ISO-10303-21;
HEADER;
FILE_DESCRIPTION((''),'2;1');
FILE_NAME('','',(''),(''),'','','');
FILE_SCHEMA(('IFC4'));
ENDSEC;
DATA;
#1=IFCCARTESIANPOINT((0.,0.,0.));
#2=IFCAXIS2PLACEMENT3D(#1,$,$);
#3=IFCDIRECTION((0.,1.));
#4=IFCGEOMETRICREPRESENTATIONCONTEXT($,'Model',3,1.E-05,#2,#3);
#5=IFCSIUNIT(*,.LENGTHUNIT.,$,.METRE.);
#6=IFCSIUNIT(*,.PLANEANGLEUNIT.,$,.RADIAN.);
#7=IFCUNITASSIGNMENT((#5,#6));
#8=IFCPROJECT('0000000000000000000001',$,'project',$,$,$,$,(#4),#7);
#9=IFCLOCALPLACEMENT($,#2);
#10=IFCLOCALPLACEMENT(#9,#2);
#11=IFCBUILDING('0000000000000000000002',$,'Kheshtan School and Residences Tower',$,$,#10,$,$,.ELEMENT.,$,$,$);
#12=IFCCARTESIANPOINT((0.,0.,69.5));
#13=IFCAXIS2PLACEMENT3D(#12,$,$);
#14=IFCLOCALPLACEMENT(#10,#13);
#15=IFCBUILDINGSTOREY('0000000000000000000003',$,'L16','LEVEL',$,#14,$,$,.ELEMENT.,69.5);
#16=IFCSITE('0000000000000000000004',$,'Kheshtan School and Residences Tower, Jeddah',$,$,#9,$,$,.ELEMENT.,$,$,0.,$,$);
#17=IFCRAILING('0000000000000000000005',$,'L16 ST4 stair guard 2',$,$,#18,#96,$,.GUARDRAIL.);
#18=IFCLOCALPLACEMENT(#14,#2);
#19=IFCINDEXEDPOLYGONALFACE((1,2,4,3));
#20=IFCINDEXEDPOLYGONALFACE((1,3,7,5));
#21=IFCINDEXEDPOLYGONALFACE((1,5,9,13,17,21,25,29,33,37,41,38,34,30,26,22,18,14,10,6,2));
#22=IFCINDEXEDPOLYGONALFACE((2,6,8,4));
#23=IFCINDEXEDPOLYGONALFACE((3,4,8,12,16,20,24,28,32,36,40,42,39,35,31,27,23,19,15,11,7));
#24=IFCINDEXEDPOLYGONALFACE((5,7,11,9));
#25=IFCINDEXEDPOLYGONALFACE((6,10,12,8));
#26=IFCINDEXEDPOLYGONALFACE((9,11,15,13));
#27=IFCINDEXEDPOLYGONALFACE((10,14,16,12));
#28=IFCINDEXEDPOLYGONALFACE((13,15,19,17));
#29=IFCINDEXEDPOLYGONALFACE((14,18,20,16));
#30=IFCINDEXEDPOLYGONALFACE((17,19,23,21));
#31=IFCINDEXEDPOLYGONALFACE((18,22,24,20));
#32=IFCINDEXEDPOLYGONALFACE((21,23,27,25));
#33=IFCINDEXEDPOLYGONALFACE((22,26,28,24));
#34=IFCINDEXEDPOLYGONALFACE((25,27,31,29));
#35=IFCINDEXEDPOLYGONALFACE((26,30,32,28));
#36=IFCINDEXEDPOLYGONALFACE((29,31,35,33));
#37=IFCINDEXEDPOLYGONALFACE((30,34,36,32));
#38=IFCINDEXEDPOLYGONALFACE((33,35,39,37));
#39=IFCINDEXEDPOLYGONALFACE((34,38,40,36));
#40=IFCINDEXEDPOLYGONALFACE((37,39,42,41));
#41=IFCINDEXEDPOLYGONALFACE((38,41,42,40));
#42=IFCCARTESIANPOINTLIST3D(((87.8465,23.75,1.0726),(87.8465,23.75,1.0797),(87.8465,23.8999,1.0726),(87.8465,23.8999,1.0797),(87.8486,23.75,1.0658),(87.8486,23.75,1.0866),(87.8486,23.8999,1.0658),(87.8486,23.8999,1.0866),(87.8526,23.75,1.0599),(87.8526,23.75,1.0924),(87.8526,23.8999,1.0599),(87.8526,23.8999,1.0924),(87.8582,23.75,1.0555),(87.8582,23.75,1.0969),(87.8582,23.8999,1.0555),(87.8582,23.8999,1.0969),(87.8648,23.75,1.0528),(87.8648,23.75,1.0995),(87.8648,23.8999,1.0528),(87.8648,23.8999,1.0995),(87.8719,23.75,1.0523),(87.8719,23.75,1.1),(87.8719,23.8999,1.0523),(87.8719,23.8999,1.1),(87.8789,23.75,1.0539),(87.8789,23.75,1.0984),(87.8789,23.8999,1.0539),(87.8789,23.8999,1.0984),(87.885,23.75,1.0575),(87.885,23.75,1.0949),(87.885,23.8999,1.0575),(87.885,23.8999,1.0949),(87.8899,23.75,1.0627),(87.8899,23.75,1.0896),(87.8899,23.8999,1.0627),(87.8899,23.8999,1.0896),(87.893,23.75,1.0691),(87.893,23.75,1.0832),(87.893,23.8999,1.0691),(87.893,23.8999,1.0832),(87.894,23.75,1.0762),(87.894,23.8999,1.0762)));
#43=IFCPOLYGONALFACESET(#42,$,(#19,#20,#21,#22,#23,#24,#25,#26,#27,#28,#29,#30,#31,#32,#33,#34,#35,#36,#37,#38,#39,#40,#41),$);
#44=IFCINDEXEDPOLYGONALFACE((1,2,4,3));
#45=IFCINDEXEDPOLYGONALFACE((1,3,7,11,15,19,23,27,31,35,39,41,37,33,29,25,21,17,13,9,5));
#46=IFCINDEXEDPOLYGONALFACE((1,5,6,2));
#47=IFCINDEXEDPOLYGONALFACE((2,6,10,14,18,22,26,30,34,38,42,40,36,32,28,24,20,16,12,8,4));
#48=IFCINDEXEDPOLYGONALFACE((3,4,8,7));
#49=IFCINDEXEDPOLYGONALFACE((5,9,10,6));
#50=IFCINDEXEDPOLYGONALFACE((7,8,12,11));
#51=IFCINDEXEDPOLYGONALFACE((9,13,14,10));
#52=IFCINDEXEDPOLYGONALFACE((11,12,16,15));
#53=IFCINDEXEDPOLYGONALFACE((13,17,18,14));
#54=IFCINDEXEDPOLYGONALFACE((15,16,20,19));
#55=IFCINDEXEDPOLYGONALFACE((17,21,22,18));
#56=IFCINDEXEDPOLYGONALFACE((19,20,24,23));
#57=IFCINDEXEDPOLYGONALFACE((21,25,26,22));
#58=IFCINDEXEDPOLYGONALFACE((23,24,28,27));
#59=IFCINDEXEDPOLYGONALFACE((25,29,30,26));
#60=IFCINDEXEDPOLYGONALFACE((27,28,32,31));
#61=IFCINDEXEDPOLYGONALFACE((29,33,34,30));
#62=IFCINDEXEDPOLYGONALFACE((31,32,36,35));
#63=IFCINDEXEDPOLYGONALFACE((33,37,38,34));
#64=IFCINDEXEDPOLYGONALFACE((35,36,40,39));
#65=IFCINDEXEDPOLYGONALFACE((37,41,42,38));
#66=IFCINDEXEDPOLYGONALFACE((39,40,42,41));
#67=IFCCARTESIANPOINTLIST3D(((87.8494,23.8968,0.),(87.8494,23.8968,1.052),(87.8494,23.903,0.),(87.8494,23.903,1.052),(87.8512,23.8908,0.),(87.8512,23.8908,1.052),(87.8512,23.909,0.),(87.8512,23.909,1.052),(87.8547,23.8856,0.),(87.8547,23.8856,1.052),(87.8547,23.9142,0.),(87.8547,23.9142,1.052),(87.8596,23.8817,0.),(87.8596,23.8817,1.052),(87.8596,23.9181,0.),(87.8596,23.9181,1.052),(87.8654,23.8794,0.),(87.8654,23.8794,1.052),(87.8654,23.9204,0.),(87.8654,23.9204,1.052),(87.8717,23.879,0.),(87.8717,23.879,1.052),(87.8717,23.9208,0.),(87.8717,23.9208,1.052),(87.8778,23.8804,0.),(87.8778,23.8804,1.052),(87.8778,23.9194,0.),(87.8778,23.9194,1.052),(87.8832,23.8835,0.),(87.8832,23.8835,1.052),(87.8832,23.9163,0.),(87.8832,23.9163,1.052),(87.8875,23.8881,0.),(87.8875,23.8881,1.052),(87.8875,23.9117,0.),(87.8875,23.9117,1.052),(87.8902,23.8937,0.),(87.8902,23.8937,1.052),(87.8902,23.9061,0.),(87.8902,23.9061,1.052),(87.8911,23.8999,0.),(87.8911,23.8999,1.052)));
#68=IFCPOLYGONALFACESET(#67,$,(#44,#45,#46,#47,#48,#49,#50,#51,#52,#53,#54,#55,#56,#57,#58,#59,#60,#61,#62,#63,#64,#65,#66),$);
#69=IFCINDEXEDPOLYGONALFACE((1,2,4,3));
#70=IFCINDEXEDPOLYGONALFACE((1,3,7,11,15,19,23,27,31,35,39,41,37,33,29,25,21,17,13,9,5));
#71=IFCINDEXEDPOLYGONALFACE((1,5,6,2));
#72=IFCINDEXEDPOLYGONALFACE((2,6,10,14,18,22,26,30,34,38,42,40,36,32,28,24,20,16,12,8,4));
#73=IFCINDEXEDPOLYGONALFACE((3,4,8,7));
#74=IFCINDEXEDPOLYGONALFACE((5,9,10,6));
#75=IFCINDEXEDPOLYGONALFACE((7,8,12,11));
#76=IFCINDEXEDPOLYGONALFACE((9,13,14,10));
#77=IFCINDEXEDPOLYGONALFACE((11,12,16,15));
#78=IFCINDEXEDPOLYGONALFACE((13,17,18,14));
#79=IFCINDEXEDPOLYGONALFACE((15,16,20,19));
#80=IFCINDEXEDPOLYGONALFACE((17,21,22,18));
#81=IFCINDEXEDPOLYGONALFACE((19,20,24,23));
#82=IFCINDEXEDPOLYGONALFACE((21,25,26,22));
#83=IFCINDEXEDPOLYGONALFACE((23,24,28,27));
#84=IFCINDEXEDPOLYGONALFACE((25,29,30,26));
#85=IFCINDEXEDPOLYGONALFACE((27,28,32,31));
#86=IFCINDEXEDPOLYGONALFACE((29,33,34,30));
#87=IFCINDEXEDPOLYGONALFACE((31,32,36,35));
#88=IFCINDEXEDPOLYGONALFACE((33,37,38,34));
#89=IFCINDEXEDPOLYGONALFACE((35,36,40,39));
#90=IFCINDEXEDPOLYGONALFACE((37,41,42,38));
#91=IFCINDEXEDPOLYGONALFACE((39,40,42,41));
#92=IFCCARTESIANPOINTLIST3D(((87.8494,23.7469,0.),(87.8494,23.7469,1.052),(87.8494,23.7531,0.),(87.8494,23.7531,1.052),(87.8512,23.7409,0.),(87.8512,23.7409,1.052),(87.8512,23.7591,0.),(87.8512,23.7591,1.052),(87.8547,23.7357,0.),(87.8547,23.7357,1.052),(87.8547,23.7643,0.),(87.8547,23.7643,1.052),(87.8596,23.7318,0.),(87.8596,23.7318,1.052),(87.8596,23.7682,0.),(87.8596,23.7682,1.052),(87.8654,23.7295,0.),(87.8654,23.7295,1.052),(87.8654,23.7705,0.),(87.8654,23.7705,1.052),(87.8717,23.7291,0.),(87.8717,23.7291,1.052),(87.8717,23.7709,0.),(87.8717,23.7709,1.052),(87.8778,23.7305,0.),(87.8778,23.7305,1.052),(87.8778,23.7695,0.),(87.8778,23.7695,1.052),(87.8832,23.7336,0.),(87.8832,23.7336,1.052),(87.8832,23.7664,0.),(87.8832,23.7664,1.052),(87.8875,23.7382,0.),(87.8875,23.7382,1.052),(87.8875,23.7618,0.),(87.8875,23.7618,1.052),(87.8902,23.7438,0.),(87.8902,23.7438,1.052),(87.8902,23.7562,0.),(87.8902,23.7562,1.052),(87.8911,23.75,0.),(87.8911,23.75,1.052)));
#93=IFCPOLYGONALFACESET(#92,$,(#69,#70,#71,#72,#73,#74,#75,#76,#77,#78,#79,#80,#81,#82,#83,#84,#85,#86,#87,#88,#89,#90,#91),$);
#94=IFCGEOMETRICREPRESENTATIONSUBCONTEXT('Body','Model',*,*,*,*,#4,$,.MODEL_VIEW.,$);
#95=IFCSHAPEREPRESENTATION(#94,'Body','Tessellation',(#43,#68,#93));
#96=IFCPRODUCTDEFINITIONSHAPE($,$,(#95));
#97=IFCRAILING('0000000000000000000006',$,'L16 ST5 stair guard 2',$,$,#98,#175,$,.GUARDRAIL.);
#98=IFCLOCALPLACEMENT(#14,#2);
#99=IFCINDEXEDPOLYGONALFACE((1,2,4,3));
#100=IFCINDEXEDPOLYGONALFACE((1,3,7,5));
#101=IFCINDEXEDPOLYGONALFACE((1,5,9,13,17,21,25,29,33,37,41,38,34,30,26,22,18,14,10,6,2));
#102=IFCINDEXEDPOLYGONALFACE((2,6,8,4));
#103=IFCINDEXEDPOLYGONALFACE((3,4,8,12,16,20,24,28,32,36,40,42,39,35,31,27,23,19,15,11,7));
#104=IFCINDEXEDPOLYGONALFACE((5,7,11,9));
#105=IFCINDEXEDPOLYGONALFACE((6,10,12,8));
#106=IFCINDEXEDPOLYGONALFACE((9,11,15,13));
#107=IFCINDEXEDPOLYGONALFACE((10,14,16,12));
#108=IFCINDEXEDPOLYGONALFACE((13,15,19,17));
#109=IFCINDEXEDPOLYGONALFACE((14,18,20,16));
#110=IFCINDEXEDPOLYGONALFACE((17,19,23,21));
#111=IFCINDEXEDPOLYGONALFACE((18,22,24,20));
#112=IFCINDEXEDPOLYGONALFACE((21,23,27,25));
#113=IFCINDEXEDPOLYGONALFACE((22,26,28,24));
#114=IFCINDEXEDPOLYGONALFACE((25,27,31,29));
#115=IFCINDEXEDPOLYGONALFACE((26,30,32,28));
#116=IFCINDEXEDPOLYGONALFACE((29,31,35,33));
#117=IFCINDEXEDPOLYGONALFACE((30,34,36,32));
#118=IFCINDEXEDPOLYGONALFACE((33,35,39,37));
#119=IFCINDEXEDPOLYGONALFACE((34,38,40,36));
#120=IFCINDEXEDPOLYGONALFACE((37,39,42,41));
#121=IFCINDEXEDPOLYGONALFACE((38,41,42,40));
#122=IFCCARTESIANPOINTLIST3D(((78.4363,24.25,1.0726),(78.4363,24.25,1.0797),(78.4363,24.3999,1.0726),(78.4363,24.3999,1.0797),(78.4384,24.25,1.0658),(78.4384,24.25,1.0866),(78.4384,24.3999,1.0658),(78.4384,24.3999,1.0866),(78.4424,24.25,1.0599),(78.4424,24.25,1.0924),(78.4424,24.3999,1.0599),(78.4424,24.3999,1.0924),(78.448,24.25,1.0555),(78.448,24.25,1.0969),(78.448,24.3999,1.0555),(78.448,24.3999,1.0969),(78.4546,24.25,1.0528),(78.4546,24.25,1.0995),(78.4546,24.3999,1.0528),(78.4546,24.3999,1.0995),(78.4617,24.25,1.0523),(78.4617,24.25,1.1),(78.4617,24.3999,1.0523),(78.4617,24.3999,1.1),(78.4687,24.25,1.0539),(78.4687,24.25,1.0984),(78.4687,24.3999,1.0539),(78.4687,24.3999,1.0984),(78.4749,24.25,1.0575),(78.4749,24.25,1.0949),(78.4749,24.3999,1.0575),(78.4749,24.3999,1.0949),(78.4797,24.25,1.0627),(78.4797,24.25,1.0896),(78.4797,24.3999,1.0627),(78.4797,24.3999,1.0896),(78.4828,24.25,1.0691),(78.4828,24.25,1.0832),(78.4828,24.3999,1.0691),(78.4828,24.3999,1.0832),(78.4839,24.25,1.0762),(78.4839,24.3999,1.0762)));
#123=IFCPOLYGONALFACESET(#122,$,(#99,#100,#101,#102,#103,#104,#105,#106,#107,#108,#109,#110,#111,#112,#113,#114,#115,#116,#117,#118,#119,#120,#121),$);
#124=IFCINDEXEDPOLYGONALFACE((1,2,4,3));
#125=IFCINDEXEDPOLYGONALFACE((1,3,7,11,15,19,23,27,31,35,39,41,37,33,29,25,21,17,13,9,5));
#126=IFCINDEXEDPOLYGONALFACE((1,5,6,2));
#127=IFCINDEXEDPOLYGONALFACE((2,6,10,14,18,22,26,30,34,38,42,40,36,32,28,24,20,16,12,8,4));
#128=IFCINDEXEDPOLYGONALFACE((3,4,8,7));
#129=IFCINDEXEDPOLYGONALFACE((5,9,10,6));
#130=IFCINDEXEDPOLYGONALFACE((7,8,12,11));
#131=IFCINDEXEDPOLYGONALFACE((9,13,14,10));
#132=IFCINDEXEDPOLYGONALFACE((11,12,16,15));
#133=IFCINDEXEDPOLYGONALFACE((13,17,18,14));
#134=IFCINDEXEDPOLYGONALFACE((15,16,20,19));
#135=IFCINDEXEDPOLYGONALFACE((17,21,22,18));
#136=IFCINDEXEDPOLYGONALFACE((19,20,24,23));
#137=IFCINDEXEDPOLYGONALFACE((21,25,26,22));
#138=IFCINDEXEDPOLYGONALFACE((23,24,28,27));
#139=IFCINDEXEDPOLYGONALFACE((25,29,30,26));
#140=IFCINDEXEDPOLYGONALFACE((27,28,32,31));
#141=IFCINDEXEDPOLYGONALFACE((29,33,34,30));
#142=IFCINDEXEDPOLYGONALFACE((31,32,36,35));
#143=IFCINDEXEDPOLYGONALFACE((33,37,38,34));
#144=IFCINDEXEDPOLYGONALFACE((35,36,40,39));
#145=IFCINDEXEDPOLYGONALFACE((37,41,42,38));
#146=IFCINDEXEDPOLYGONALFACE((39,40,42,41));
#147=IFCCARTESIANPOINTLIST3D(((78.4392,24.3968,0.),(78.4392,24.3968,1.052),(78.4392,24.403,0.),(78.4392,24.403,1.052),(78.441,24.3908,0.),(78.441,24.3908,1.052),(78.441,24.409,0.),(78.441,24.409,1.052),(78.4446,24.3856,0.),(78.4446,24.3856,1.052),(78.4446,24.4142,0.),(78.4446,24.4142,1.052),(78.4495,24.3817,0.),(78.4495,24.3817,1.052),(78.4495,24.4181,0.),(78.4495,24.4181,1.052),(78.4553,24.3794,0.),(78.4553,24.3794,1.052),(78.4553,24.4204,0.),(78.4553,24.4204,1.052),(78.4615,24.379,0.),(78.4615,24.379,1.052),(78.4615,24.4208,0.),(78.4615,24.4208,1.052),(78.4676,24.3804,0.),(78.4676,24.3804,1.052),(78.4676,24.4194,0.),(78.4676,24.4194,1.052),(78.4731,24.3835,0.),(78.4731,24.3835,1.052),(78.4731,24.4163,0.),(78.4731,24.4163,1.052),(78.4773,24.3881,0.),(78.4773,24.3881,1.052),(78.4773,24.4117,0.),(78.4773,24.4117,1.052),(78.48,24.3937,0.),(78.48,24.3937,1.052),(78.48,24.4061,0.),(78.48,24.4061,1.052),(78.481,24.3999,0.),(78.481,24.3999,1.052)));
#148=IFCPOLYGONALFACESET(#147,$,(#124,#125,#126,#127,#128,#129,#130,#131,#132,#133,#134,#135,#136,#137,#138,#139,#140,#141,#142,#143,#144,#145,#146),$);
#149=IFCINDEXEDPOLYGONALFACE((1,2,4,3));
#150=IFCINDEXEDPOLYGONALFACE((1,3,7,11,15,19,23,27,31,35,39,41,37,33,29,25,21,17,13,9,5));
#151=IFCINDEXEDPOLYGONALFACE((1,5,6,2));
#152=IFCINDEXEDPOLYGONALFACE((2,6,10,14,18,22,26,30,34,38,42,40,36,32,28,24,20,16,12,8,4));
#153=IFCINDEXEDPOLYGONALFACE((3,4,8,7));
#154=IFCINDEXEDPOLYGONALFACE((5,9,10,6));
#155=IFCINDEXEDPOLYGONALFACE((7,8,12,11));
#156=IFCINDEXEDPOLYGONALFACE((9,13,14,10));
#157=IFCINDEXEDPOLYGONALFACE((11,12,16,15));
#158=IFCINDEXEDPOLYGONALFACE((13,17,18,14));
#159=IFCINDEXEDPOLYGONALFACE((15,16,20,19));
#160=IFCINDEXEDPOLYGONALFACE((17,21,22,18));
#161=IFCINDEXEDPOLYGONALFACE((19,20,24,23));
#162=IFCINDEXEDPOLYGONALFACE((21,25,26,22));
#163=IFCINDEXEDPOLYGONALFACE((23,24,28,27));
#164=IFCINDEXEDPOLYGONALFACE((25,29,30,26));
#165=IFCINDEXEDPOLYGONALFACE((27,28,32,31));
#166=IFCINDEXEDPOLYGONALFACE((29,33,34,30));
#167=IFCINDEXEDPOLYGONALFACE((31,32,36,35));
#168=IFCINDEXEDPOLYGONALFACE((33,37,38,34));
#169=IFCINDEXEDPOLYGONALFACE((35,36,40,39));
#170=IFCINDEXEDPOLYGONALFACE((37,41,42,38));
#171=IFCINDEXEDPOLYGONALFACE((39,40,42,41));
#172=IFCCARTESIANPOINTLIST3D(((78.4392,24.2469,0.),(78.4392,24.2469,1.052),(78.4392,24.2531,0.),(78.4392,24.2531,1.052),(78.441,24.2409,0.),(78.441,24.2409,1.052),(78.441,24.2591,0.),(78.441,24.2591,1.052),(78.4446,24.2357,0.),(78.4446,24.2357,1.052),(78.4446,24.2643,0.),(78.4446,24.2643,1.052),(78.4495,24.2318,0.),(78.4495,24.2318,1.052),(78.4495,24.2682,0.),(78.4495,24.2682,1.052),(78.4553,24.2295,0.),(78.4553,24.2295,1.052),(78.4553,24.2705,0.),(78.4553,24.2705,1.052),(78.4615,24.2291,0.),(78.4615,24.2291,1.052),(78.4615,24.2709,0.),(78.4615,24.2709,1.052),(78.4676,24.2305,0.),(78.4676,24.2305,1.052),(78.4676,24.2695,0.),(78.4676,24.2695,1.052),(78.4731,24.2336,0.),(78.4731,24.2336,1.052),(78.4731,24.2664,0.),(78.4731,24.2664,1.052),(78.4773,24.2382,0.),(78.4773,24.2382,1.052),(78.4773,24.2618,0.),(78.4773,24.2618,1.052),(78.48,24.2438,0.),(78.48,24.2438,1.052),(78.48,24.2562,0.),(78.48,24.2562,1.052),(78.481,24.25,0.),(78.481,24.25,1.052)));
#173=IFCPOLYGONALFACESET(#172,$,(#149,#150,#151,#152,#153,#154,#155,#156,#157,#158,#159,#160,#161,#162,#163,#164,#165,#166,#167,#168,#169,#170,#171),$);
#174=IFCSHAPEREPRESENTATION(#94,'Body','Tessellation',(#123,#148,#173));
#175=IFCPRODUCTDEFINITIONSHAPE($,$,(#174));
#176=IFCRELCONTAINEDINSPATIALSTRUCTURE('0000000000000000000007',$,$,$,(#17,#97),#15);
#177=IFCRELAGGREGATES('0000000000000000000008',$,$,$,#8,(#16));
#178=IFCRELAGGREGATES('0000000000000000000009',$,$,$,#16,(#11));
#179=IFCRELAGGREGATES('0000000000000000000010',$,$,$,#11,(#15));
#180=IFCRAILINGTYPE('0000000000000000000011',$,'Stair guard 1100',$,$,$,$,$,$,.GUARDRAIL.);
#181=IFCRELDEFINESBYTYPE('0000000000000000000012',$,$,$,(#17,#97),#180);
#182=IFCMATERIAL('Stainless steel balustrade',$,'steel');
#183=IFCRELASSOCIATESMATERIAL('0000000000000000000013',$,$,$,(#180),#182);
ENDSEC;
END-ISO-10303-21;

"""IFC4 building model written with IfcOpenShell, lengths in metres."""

from ifc_helpers import new_model, si_unit, direction, frame, origin, origin_2d, place, context, subcontext, project, spatial, circle, extrude, material, type_object, element, save


model = new_model("IFC4")

# Units and contexts
model_context = context("Model", 3, precision=1e-05, world=origin(), true_north=direction((0.0, 1.0)))
body_context = subcontext(model_context, "Body", "Model", "MODEL_VIEW")
ifc_project = project(units=[si_unit("LENGTHUNIT", "METRE"), si_unit("PLANEANGLEUNIT", "RADIAN")], contexts=[model_context])

# Site, building, storey
site_placement = place(None, origin())
site = spatial("IfcSite", under=ifc_project, at=site_placement, Name="Kheshtan School and Residences Tower, Jeddah", CompositionType="ELEMENT", RefElevation=0.0)
building_placement = place(site_placement, origin())
building = spatial("IfcBuilding", under=site, at=building_placement, Name="Kheshtan School and Residences Tower", CompositionType="ELEMENT")
storey_placement = place(building_placement, frame((0.0, 0.0, 69.5)))
storey = spatial("IfcBuildingStorey", under=building, at=storey_placement, Name="L16", Description="LEVEL", CompositionType="ELEMENT", Elevation=69.5)

# Railings
ifc_material_1 = material(Name="Stainless steel balustrade", Category="steel")
railing_type_1 = type_object("IfcRailingType", Name="Stair guard 1100", PredefinedType="GUARDRAIL", material=ifc_material_1)
railing_1_placement = place(storey_placement, frame((87.8701, 23.8999, 0.0)))
element("IfcRailing", 1, at=railing_1_placement, inside=storey, type_object=railing_type_1, Name="L16 ST4 stair guard 2", PredefinedType="GUARDRAIL", context=body_context, shape_type="SweptSolid", body=[
    extrude(circle(Radius=0.0239, at=origin_2d()), frame((0.0, 0.0, 1.0762), z_axis=(0.0, -1.0, 0.0), x_axis=(1.0, 0.0, 0.0)), (0.0, 0.0, 1.0), 0.1499),
    extrude(circle(Radius=0.021, at=origin_2d()), origin(), (0.0, 0.0, 1.0), 1.052),
    extrude(circle(Radius=0.021, at=origin_2d()), frame((0.0, -0.1499, 0.0)), (0.0, 0.0, 1.0), 1.052),
])
railing_2_placement = place(storey_placement, frame((78.46, 24.3999, 0.0)))
element("IfcRailing", 2, at=railing_2_placement, inside=storey, type_object=railing_type_1, Name="L16 ST5 stair guard 2", PredefinedType="GUARDRAIL", context=body_context, shape_type="SweptSolid", body=[
    extrude(circle(Radius=0.0239, at=origin_2d()), frame((0.0, 0.0, 1.0762), z_axis=(0.0, -1.0, 0.0), x_axis=(1.0, 0.0, 0.0)), (0.0, 0.0, 1.0), 0.1499),
    extrude(circle(Radius=0.021, at=origin_2d()), origin(), (0.0, 0.0, 1.0), 1.052),
    extrude(circle(Radius=0.021, at=origin_2d()), frame((0.0, -0.1499, 0.0)), (0.0, 0.0, 1.0), 1.052),
])

save(model, "model.ifc")
